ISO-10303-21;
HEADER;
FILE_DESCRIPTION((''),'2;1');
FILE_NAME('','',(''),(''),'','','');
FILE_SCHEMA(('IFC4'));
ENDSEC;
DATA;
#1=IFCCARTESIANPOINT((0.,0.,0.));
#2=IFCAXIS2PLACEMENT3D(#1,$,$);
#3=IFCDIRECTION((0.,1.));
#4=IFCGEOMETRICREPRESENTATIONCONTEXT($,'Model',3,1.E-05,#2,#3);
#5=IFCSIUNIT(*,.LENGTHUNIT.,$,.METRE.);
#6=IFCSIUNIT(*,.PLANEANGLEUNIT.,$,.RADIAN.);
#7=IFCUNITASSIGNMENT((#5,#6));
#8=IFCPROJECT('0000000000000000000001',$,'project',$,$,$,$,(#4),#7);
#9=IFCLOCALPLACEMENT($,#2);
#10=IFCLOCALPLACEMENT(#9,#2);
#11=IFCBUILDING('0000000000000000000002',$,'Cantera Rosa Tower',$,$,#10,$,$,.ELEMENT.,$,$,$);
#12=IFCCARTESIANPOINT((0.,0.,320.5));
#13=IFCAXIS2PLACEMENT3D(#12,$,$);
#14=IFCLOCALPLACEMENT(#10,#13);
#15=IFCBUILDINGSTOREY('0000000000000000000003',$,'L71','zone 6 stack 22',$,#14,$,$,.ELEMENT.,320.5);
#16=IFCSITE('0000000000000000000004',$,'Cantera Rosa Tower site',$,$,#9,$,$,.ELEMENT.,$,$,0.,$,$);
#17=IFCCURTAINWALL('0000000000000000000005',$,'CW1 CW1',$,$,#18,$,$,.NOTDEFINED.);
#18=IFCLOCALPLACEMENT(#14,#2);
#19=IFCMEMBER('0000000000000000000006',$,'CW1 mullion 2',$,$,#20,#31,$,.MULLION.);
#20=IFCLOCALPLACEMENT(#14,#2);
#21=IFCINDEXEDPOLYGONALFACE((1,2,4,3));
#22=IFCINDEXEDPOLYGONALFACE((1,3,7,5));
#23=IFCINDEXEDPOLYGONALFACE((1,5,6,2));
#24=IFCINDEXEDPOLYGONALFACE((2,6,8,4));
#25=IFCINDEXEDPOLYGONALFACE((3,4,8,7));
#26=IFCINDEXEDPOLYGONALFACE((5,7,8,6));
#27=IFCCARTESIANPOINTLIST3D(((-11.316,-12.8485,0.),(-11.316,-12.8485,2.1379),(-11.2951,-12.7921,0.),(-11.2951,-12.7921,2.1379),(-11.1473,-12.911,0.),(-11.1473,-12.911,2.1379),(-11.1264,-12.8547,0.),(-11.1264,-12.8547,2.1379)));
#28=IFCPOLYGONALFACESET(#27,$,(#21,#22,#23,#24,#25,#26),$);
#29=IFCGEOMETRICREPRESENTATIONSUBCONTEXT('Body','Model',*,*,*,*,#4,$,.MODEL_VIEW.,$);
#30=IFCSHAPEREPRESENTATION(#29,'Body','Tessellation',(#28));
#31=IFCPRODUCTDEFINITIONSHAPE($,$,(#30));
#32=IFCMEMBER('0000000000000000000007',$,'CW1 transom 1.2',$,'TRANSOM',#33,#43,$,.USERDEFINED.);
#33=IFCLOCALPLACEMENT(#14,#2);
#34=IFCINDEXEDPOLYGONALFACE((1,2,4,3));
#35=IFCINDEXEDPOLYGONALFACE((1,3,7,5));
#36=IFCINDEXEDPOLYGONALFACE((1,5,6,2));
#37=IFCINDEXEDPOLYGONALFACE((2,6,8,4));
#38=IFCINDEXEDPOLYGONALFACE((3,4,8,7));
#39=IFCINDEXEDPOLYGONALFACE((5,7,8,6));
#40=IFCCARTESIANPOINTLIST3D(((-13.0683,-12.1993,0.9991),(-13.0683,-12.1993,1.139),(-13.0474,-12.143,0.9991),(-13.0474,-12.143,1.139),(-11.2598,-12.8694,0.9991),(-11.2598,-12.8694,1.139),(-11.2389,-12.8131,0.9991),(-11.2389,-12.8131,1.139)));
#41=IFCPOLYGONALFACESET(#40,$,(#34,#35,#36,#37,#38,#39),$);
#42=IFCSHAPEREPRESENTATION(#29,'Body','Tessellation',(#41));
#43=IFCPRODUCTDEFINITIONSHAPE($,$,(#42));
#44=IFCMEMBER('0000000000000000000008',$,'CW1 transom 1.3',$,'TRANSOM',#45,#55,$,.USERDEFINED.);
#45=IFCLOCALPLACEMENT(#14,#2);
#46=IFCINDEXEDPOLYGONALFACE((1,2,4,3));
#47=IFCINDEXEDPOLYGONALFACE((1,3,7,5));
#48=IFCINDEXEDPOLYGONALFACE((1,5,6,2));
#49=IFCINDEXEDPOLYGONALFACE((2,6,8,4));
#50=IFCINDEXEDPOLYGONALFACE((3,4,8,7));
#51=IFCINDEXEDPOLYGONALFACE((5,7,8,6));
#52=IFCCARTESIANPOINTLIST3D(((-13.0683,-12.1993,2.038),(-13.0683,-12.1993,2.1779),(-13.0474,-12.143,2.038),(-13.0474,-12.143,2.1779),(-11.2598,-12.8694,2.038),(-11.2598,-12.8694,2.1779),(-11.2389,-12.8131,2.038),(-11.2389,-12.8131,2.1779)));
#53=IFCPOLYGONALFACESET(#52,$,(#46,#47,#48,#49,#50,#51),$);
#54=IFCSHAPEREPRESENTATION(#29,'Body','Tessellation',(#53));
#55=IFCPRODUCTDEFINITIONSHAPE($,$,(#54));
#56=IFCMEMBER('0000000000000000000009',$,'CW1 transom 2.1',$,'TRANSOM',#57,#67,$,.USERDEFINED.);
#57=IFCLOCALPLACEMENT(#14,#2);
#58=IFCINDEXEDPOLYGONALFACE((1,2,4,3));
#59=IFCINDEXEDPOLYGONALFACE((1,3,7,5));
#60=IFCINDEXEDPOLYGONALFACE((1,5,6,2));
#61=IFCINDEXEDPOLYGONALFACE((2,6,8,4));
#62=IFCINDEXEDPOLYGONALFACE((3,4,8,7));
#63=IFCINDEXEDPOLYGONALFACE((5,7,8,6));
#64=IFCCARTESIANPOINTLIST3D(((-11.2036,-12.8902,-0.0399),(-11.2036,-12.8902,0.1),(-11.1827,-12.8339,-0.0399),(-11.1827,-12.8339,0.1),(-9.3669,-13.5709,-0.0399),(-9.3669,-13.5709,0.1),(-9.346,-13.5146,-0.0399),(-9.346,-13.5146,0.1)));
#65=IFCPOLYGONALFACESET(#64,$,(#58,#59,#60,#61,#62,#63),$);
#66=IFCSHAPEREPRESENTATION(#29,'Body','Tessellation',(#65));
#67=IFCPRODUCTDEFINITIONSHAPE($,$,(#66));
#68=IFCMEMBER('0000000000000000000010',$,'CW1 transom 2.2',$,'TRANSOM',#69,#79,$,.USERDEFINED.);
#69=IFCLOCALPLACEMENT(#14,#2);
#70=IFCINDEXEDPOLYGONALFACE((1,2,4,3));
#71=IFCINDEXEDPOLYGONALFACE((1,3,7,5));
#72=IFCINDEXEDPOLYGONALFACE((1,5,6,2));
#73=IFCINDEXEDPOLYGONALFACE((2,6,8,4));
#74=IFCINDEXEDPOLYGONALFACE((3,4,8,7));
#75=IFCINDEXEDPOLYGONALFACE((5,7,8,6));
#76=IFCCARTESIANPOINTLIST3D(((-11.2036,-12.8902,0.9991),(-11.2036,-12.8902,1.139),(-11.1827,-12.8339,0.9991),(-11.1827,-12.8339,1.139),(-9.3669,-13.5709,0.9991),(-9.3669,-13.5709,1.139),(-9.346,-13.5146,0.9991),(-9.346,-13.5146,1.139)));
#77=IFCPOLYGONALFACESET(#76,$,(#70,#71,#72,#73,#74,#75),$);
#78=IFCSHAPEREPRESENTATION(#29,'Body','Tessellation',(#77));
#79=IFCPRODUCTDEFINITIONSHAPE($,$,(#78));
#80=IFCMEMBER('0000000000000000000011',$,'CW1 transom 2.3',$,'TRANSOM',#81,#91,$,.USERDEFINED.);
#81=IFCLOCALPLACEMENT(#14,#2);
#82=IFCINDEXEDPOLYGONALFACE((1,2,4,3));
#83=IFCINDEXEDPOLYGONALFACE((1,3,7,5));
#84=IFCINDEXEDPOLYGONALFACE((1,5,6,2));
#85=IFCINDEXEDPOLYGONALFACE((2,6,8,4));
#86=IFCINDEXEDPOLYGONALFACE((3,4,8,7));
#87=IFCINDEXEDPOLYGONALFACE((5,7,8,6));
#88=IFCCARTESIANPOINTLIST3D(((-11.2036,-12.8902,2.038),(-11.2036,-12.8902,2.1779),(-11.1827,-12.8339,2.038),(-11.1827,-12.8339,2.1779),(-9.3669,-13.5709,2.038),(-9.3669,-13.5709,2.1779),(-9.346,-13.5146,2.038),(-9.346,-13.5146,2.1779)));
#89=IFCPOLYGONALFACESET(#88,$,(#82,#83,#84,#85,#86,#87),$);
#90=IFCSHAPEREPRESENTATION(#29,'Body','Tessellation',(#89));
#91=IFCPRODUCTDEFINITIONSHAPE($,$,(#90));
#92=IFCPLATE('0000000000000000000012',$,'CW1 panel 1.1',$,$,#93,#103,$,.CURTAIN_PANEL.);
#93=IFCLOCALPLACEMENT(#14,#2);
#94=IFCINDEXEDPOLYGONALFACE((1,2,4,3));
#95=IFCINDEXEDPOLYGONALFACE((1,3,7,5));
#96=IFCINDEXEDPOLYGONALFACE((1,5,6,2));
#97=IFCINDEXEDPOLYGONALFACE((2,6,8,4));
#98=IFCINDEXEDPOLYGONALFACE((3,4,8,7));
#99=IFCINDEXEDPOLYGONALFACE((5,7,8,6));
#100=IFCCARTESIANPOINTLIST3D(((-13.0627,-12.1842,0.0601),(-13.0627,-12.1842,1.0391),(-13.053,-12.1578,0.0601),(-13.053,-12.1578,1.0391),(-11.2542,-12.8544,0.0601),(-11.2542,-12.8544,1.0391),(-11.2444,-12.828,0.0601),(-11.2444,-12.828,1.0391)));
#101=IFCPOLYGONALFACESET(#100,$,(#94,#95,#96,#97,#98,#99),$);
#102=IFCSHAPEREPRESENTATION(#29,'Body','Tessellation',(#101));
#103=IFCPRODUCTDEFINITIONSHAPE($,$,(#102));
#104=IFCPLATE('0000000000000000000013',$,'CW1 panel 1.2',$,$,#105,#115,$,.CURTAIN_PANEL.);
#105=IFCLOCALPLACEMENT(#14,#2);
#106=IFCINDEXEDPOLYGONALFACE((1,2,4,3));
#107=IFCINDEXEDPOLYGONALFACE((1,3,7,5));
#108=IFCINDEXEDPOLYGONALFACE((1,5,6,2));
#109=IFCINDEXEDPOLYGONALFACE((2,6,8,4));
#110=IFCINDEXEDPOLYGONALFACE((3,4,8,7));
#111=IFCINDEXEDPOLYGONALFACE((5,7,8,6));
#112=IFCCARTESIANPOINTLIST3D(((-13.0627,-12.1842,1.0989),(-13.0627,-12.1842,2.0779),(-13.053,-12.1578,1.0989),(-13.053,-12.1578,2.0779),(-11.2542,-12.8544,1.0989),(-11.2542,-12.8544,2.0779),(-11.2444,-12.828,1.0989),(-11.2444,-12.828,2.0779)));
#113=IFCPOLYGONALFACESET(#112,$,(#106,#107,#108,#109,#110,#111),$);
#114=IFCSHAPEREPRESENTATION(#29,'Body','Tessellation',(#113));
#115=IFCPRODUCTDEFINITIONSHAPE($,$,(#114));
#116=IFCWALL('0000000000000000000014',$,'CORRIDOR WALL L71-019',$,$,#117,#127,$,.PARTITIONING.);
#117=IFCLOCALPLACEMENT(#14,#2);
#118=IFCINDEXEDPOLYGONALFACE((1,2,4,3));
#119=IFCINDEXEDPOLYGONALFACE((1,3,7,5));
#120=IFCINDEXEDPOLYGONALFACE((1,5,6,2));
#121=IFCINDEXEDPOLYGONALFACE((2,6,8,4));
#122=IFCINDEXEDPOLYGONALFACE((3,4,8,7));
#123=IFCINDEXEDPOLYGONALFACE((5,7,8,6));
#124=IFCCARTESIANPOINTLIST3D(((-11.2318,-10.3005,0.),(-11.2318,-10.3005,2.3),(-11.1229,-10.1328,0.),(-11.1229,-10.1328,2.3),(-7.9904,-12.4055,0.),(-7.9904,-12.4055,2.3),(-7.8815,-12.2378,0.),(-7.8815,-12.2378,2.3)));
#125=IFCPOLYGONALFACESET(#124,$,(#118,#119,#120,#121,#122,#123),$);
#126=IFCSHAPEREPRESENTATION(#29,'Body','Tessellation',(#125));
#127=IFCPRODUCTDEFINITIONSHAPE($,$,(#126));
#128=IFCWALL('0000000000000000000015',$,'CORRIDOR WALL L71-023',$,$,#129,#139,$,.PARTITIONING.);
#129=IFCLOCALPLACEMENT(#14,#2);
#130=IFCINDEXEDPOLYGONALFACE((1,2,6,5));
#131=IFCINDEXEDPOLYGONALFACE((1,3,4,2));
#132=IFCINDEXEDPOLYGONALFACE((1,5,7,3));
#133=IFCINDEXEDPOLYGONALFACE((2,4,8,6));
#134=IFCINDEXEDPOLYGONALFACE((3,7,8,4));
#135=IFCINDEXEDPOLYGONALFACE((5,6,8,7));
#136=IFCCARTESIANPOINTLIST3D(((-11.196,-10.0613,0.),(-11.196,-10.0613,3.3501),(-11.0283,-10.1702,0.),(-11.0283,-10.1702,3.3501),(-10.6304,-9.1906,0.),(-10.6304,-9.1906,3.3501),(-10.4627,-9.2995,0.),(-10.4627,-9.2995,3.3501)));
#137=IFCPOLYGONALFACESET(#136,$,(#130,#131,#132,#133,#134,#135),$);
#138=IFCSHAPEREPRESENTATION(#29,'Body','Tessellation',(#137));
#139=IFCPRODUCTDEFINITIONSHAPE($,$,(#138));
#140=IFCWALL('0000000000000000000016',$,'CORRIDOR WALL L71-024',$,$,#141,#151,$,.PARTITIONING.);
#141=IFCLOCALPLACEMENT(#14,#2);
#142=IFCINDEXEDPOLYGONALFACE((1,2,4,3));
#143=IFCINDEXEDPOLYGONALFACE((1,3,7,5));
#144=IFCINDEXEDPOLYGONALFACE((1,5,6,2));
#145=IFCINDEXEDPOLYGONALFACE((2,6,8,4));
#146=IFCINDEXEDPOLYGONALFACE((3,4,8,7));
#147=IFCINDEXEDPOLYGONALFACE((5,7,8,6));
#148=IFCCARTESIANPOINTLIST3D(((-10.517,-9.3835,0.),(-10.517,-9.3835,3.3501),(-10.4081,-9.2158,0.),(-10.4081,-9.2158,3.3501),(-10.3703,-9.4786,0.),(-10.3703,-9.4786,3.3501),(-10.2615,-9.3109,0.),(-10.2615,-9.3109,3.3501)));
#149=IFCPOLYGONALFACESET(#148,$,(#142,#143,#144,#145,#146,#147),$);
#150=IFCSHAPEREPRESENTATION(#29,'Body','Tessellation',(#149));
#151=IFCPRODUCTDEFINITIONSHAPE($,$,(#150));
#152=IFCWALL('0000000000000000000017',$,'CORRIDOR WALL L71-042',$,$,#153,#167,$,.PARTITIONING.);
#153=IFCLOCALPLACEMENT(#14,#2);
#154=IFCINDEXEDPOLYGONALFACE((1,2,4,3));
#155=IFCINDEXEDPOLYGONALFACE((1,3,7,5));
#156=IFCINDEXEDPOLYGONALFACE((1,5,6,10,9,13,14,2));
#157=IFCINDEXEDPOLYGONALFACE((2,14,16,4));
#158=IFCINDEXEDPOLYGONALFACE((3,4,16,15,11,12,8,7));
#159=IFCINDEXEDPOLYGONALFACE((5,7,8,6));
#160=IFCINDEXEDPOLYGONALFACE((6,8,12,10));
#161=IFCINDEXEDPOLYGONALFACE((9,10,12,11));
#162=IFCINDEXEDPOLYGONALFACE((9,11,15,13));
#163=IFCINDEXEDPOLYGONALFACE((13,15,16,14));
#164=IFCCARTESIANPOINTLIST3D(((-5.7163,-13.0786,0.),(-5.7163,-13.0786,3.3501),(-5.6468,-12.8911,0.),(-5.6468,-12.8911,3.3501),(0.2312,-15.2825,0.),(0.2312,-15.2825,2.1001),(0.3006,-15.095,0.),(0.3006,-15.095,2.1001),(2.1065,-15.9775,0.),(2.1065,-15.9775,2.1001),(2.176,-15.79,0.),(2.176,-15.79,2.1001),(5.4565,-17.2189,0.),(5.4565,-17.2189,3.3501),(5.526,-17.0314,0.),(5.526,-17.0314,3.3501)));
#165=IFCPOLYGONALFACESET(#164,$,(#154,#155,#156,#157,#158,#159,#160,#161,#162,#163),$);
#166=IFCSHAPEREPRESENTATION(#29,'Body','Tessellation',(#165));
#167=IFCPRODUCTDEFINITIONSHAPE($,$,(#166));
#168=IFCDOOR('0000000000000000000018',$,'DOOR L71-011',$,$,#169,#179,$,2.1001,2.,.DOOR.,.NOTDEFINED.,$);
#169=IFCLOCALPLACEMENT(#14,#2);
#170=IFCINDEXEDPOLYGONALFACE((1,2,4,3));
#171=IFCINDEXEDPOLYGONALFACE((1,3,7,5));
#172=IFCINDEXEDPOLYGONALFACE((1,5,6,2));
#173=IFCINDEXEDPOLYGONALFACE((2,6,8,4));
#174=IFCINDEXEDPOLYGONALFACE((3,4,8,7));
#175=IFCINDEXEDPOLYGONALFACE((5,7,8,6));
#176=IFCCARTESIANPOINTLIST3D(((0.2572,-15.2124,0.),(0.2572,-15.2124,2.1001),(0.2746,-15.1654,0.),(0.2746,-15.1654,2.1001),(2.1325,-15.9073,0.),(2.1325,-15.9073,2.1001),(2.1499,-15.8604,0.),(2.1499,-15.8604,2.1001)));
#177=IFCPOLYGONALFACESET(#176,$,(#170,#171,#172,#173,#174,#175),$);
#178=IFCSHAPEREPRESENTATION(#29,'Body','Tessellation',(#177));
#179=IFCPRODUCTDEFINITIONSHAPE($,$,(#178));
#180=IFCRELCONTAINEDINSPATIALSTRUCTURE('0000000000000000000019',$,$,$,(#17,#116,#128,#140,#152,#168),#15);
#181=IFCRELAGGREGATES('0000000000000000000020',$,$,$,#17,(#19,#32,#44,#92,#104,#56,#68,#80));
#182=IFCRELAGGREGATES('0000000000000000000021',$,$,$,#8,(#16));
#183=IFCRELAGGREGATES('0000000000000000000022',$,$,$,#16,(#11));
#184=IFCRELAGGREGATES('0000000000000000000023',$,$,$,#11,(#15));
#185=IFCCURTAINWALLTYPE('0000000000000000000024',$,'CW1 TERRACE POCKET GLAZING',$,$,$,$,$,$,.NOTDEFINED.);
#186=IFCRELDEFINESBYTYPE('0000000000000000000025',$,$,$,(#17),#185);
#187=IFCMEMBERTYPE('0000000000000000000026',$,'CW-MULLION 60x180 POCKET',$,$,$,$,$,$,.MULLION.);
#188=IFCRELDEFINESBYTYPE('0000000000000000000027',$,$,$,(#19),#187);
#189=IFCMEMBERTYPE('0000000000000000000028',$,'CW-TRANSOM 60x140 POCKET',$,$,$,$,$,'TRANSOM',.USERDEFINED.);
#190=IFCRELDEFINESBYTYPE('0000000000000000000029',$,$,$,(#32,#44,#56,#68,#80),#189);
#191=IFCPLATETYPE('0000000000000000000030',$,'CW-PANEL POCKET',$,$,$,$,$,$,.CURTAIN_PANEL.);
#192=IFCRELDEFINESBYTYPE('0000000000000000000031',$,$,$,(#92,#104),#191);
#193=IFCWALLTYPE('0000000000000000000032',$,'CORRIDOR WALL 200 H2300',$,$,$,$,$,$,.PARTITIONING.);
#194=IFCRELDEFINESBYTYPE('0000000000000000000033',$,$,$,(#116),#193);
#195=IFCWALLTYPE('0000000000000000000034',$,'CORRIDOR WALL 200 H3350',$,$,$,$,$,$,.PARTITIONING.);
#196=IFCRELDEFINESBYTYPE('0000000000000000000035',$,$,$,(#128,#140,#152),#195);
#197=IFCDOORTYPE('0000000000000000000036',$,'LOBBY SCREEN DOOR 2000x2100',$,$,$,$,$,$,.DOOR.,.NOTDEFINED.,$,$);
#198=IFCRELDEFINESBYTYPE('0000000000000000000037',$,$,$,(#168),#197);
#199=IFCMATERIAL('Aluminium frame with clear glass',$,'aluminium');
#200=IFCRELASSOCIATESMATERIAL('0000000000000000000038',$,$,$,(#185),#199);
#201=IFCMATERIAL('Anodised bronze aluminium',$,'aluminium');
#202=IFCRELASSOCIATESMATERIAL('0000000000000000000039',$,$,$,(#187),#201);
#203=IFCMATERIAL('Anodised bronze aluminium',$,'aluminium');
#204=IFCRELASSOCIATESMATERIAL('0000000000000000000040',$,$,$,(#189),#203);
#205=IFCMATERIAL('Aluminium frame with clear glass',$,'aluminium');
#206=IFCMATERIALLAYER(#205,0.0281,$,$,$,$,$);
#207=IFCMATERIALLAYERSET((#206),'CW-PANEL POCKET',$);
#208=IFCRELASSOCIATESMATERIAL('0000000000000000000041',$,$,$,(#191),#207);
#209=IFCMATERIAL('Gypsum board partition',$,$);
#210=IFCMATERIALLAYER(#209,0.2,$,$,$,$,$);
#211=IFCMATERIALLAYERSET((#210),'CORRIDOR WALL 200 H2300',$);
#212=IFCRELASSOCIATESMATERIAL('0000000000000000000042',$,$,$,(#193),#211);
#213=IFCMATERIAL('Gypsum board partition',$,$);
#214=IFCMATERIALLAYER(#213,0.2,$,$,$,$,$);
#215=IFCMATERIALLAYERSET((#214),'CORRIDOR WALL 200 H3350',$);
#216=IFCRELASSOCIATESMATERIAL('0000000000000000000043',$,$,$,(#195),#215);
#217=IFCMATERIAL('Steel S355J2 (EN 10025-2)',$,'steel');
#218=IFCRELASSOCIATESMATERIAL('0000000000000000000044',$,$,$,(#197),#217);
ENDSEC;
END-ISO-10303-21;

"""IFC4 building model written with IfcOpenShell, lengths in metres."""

from ifc_helpers import new_model, si_unit, direction, frame, frame_2d, origin, origin_2d, place, context, subcontext, project, spatial, rectangle, extrude, material, layer, layer_set, material_profile, profile_set, type_object, element, fill, aggregate, save


model = new_model("IFC4")

# Units and contexts
model_context = context("Model", 3, precision=1e-05, world=origin(), true_north=direction((0.0, 1.0)))
body_context = subcontext(model_context, "Body", "Model", "MODEL_VIEW")
ifc_project = project(units=[si_unit("LENGTHUNIT", "METRE"), si_unit("PLANEANGLEUNIT", "RADIAN")], contexts=[model_context])

# Site, building, storey
site_placement = place(None, origin())
site = spatial("IfcSite", under=ifc_project, at=site_placement, Name="Cantera Rosa Tower site", CompositionType="ELEMENT", RefElevation=0.0)
building_placement = place(site_placement, origin())
building = spatial("IfcBuilding", under=site, at=building_placement, Name="Cantera Rosa Tower", CompositionType="ELEMENT")
storey_placement = place(building_placement, frame((0.0, 0.0, 320.5)))
storey = spatial("IfcBuildingStorey", under=building, at=storey_placement, Name="L71", Description="zone 6 stack 22", CompositionType="ELEMENT", Elevation=320.5)

# Curtain wall, members, plates
ifc_material_1 = material(Name="Aluminium frame with clear glass", Category="aluminium")
curtain_wall_type = type_object("IfcCurtainWallType", Name="CW1 TERRACE POCKET GLAZING", PredefinedType="NOTDEFINED", material=ifc_material_1)
curtain_wall_placement = place(storey_placement, origin())
curtain_wall = element("IfcCurtainWall", 1, at=curtain_wall_placement, inside=storey, type_object=curtain_wall_type, Name="CW1 CW1", PredefinedType="NOTDEFINED")
ifc_material_2 = material(Name="Anodised bronze aluminium", Category="aluminium")
ifc_material_profile_1 = material_profile(ifc_material_2, rectangle(XDim=0.0601, YDim=0.1799, at=origin_2d()), Name="CW-MULLION 60x180 POCKET")
ifc_profile_set_1 = profile_set([ifc_material_profile_1], Name="Anodised bronze aluminium")
member_type_1 = type_object("IfcMemberType", Name="CW-MULLION 60x180 POCKET", PredefinedType="MULLION", material=ifc_profile_set_1)
member_1_placement = place(storey_placement, frame((-11.2212, -12.8516, 0.0), z_axis=(0.0, 0.0, 1.0), x_axis=(0.347481, 0.937687, 0.0)))
member_1 = element("IfcMember", 2, at=member_1_placement, type_object=member_type_1, Name="CW1 mullion 2", PredefinedType="MULLION", context=body_context, shape_type="SweptSolid", body=[
    extrude(rectangle(XDim=0.0601, YDim=0.1799, at=origin_2d()), origin(), (0.0, 0.0, 1.0), 2.1379),
])
ifc_material_3 = material(Name="Anodised bronze aluminium", Category="aluminium")
ifc_material_profile_2 = material_profile(ifc_material_3, rectangle(XDim=0.0601, YDim=0.1399, at=origin_2d()), Name="CW-TRANSOM 60x140 POCKET")
ifc_profile_set_2 = profile_set([ifc_material_profile_2], Name="Anodised bronze aluminium")
member_type_2 = type_object("IfcMemberType", Name="CW-TRANSOM 60x140 POCKET", ElementType="TRANSOM", PredefinedType="USERDEFINED", material=ifc_profile_set_2)
member_2_placement = place(storey_placement, frame((-13.0579, -12.1711, 1.0691), z_axis=(0.937695, -0.347459, 0.0), x_axis=(0.347459, 0.937695, 0.0)))
member_2 = element("IfcMember", 3, at=member_2_placement, type_object=member_type_2, Name="CW1 transom 1.2", ObjectType="TRANSOM", PredefinedType="USERDEFINED", context=body_context, shape_type="SweptSolid", body=[
    extrude(rectangle(XDim=0.0601, YDim=0.1399, at=origin_2d()), origin(), (0.0, 0.0, 1.0), 1.9287),
])
member_3_placement = place(storey_placement, frame((-13.0579, -12.1711, 2.1079), z_axis=(0.937695, -0.347459, 0.0), x_axis=(0.347459, 0.937695, 0.0)))
member_3 = element("IfcMember", 4, at=member_3_placement, type_object=member_type_2, Name="CW1 transom 1.3", ObjectType="TRANSOM", PredefinedType="USERDEFINED", context=body_context, shape_type="SweptSolid", body=[
    extrude(rectangle(XDim=0.0601, YDim=0.1399, at=origin_2d()), origin(), (0.0, 0.0, 1.0), 1.9287),
])
member_4_placement = place(storey_placement, frame((-11.1931, -12.8621, 0.03), z_axis=(0.93768, -0.347501, 0.0), x_axis=(0.347501, 0.93768, 0.0)))
member_4 = element("IfcMember", 5, at=member_4_placement, type_object=member_type_2, Name="CW1 transom 2.1", ObjectType="TRANSOM", PredefinedType="USERDEFINED", context=body_context, shape_type="SweptSolid", body=[
    extrude(rectangle(XDim=0.0601, YDim=0.1399, at=origin_2d()), origin(), (0.0, 0.0, 1.0), 1.9587),
])
member_5_placement = place(storey_placement, frame((-11.1931, -12.8621, 1.0691), z_axis=(0.93768, -0.347501, 0.0), x_axis=(0.347501, 0.93768, 0.0)))
member_5 = element("IfcMember", 6, at=member_5_placement, type_object=member_type_2, Name="CW1 transom 2.2", ObjectType="TRANSOM", PredefinedType="USERDEFINED", context=body_context, shape_type="SweptSolid", body=[
    extrude(rectangle(XDim=0.0601, YDim=0.1399, at=origin_2d()), origin(), (0.0, 0.0, 1.0), 1.9587),
])
member_6_placement = place(storey_placement, frame((-11.1931, -12.8621, 2.1079), z_axis=(0.93768, -0.347501, 0.0), x_axis=(0.347501, 0.93768, 0.0)))
member_6 = element("IfcMember", 7, at=member_6_placement, type_object=member_type_2, Name="CW1 transom 2.3", ObjectType="TRANSOM", PredefinedType="USERDEFINED", context=body_context, shape_type="SweptSolid", body=[
    extrude(rectangle(XDim=0.0601, YDim=0.1399, at=origin_2d()), origin(), (0.0, 0.0, 1.0), 1.9587),
])
ifc_material_4 = material(Name="Aluminium frame with clear glass", Category="aluminium")
ifc_layer_1 = layer(ifc_material_4, 0.0281)
ifc_layer_set_1 = layer_set([ifc_layer_1], Name="CW-PANEL POCKET")
plate_type = type_object("IfcPlateType", Name="CW-PANEL POCKET", PredefinedType="CURTAIN_PANEL", material=ifc_layer_set_1)
plate_1_placement = place(storey_placement, frame((-12.1536, -12.5061, 0.0601), z_axis=(0.0, 0.0, 1.0), x_axis=(0.937687, -0.347481, 0.0)))
plate_1 = element("IfcPlate", 8, at=plate_1_placement, type_object=plate_type, Name="CW1 panel 1.1", PredefinedType="CURTAIN_PANEL", context=body_context, shape_type="SweptSolid", body=[
    extrude(rectangle(XDim=1.9287, YDim=0.0281, at=origin_2d()), origin(), (0.0, 0.0, 1.0), 0.979),
])
plate_2_placement = place(storey_placement, frame((-12.1536, -12.5061, 1.0989), z_axis=(0.0, 0.0, 1.0), x_axis=(0.937687, -0.347481, 0.0)))
plate_2 = element("IfcPlate", 9, at=plate_2_placement, type_object=plate_type, Name="CW1 panel 1.2", PredefinedType="CURTAIN_PANEL", context=body_context, shape_type="SweptSolid", body=[
    extrude(rectangle(XDim=1.9287, YDim=0.0281, at=origin_2d()), origin(), (0.0, 0.0, 1.0), 0.979),
])
aggregate(curtain_wall, [member_1, member_2, member_3, plate_1, plate_2, member_4, member_5, member_6])

# Walls
ifc_material_5 = material(Name="Gypsum board partition")
ifc_layer_2 = layer(ifc_material_5, 0.2)
ifc_layer_set_2 = layer_set([ifc_layer_2], Name="CORRIDOR WALL 200 H2300")
wall_type_1 = type_object("IfcWallType", Name="CORRIDOR WALL 200 H2300", PredefinedType="PARTITIONING", material=ifc_layer_set_2)
wall_1_placement = place(storey_placement, frame((-11.1775, -10.2166, 0.0), z_axis=(0.0, 0.0, 1.0), x_axis=(0.838676, -0.544631, 0.0)))
element("IfcWall", 10, at=wall_1_placement, inside=storey, type_object=wall_type_1, Name="CORRIDOR WALL L71-019", PredefinedType="PARTITIONING", context=body_context, shape_type="SweptSolid", body=[
    extrude(rectangle(XDim=3.865, YDim=0.2, at=frame_2d((1.9326, 0.0))), origin(), (0.0, 0.0, 1.0), 2.3),
])
ifc_material_6 = material(Name="Gypsum board partition")
ifc_layer_3 = layer(ifc_material_6, 0.2)
ifc_layer_set_3 = layer_set([ifc_layer_3], Name="CORRIDOR WALL 200 H3350")
wall_type_2 = type_object("IfcWallType", Name="CORRIDOR WALL 200 H3350", PredefinedType="PARTITIONING", material=ifc_layer_set_3)
wall_2_placement = place(storey_placement, frame((-10.5466, -9.2451, 0.0), z_axis=(0.0, 0.0, 1.0), x_axis=(-0.544732, -0.83861, 0.0)))
element("IfcWall", 11, at=wall_2_placement, inside=storey, type_object=wall_type_2, Name="CORRIDOR WALL L71-023", PredefinedType="PARTITIONING", context=body_context, shape_type="SweptSolid", body=[
    extrude(rectangle(XDim=1.0383, YDim=0.2, at=frame_2d((0.519, 0.0))), origin(), (0.0, 0.0, 1.0), 3.3501),
])
wall_3_placement = place(storey_placement, frame((-10.3159, -9.3948, 0.0), z_axis=(0.0, 0.0, 1.0), x_axis=(-0.838858, 0.54435, 0.0)))
element("IfcWall", 12, at=wall_3_placement, inside=storey, type_object=wall_type_2, Name="CORRIDOR WALL L71-024", PredefinedType="PARTITIONING", context=body_context, shape_type="SweptSolid", body=[
    extrude(rectangle(XDim=0.1748, YDim=0.2, at=frame_2d((0.0874, 0.0))), origin(), (0.0, 0.0, 1.0), 3.3501),
])

# Wall, opening, door
wall_4_placement = place(storey_placement, frame((-5.6814, -12.9849, 0.0), z_axis=(0.0, 0.0, 1.0), x_axis=(0.937686, -0.347483, 0.0)))
wall_4 = element("IfcWall", 13, at=wall_4_placement, inside=storey, type_object=wall_type_2, Name="CORRIDOR WALL L71-042", PredefinedType="PARTITIONING", context=body_context, shape_type="SweptSolid", body=[
    extrude(rectangle(XDim=11.9153, YDim=0.2, at=frame_2d((5.9575, 0.0))), origin(), (0.0, 0.0, 1.0), 3.3501),
])
opening_1_placement = place(wall_4_placement, frame((6.3425, 0.0, 0.0)))
opening_1 = element("IfcOpeningElement", 14, at=opening_1_placement, cuts=wall_4, PredefinedType="OPENING", context=body_context, shape_type="SweptSolid", body=[
    extrude(rectangle(XDim=2.0, YDim=2.1001, at=frame_2d((1.0, 1.05))), frame((0.0, 0.1099, 0.0), z_axis=(0.0, -1.0, 0.0), x_axis=(1.0, 0.0, 0.0)), (0.0, 0.0, 1.0), 0.22),
])
ifc_material_7 = material(Name="Steel S355J2 (EN 10025-2)", Category="steel")
door_type_1 = type_object("IfcDoorType", Name="LOBBY SCREEN DOOR 2000x2100", OperationType="NOTDEFINED", PredefinedType="DOOR", material=ifc_material_7)
door_1_placement = place(opening_1_placement, origin())
door_1 = element("IfcDoor", 15, at=door_1_placement, inside=storey, type_object=door_type_1, Name="DOOR L71-011", OperationType="NOTDEFINED", OverallHeight=2.1001, OverallWidth=2.0, PredefinedType="DOOR", context=body_context, shape_type="SweptSolid", body=[
    extrude(rectangle(XDim=2.0, YDim=2.1001, at=frame_2d((1.0, 1.05))), frame((0.0, 0.0249, 0.0), z_axis=(0.0, -1.0, 0.0), x_axis=(1.0, 0.0, 0.0)), (0.0, 0.0, 1.0), 0.05),
])
fill(opening_1, door_1)

save(model, "model.ifc")
